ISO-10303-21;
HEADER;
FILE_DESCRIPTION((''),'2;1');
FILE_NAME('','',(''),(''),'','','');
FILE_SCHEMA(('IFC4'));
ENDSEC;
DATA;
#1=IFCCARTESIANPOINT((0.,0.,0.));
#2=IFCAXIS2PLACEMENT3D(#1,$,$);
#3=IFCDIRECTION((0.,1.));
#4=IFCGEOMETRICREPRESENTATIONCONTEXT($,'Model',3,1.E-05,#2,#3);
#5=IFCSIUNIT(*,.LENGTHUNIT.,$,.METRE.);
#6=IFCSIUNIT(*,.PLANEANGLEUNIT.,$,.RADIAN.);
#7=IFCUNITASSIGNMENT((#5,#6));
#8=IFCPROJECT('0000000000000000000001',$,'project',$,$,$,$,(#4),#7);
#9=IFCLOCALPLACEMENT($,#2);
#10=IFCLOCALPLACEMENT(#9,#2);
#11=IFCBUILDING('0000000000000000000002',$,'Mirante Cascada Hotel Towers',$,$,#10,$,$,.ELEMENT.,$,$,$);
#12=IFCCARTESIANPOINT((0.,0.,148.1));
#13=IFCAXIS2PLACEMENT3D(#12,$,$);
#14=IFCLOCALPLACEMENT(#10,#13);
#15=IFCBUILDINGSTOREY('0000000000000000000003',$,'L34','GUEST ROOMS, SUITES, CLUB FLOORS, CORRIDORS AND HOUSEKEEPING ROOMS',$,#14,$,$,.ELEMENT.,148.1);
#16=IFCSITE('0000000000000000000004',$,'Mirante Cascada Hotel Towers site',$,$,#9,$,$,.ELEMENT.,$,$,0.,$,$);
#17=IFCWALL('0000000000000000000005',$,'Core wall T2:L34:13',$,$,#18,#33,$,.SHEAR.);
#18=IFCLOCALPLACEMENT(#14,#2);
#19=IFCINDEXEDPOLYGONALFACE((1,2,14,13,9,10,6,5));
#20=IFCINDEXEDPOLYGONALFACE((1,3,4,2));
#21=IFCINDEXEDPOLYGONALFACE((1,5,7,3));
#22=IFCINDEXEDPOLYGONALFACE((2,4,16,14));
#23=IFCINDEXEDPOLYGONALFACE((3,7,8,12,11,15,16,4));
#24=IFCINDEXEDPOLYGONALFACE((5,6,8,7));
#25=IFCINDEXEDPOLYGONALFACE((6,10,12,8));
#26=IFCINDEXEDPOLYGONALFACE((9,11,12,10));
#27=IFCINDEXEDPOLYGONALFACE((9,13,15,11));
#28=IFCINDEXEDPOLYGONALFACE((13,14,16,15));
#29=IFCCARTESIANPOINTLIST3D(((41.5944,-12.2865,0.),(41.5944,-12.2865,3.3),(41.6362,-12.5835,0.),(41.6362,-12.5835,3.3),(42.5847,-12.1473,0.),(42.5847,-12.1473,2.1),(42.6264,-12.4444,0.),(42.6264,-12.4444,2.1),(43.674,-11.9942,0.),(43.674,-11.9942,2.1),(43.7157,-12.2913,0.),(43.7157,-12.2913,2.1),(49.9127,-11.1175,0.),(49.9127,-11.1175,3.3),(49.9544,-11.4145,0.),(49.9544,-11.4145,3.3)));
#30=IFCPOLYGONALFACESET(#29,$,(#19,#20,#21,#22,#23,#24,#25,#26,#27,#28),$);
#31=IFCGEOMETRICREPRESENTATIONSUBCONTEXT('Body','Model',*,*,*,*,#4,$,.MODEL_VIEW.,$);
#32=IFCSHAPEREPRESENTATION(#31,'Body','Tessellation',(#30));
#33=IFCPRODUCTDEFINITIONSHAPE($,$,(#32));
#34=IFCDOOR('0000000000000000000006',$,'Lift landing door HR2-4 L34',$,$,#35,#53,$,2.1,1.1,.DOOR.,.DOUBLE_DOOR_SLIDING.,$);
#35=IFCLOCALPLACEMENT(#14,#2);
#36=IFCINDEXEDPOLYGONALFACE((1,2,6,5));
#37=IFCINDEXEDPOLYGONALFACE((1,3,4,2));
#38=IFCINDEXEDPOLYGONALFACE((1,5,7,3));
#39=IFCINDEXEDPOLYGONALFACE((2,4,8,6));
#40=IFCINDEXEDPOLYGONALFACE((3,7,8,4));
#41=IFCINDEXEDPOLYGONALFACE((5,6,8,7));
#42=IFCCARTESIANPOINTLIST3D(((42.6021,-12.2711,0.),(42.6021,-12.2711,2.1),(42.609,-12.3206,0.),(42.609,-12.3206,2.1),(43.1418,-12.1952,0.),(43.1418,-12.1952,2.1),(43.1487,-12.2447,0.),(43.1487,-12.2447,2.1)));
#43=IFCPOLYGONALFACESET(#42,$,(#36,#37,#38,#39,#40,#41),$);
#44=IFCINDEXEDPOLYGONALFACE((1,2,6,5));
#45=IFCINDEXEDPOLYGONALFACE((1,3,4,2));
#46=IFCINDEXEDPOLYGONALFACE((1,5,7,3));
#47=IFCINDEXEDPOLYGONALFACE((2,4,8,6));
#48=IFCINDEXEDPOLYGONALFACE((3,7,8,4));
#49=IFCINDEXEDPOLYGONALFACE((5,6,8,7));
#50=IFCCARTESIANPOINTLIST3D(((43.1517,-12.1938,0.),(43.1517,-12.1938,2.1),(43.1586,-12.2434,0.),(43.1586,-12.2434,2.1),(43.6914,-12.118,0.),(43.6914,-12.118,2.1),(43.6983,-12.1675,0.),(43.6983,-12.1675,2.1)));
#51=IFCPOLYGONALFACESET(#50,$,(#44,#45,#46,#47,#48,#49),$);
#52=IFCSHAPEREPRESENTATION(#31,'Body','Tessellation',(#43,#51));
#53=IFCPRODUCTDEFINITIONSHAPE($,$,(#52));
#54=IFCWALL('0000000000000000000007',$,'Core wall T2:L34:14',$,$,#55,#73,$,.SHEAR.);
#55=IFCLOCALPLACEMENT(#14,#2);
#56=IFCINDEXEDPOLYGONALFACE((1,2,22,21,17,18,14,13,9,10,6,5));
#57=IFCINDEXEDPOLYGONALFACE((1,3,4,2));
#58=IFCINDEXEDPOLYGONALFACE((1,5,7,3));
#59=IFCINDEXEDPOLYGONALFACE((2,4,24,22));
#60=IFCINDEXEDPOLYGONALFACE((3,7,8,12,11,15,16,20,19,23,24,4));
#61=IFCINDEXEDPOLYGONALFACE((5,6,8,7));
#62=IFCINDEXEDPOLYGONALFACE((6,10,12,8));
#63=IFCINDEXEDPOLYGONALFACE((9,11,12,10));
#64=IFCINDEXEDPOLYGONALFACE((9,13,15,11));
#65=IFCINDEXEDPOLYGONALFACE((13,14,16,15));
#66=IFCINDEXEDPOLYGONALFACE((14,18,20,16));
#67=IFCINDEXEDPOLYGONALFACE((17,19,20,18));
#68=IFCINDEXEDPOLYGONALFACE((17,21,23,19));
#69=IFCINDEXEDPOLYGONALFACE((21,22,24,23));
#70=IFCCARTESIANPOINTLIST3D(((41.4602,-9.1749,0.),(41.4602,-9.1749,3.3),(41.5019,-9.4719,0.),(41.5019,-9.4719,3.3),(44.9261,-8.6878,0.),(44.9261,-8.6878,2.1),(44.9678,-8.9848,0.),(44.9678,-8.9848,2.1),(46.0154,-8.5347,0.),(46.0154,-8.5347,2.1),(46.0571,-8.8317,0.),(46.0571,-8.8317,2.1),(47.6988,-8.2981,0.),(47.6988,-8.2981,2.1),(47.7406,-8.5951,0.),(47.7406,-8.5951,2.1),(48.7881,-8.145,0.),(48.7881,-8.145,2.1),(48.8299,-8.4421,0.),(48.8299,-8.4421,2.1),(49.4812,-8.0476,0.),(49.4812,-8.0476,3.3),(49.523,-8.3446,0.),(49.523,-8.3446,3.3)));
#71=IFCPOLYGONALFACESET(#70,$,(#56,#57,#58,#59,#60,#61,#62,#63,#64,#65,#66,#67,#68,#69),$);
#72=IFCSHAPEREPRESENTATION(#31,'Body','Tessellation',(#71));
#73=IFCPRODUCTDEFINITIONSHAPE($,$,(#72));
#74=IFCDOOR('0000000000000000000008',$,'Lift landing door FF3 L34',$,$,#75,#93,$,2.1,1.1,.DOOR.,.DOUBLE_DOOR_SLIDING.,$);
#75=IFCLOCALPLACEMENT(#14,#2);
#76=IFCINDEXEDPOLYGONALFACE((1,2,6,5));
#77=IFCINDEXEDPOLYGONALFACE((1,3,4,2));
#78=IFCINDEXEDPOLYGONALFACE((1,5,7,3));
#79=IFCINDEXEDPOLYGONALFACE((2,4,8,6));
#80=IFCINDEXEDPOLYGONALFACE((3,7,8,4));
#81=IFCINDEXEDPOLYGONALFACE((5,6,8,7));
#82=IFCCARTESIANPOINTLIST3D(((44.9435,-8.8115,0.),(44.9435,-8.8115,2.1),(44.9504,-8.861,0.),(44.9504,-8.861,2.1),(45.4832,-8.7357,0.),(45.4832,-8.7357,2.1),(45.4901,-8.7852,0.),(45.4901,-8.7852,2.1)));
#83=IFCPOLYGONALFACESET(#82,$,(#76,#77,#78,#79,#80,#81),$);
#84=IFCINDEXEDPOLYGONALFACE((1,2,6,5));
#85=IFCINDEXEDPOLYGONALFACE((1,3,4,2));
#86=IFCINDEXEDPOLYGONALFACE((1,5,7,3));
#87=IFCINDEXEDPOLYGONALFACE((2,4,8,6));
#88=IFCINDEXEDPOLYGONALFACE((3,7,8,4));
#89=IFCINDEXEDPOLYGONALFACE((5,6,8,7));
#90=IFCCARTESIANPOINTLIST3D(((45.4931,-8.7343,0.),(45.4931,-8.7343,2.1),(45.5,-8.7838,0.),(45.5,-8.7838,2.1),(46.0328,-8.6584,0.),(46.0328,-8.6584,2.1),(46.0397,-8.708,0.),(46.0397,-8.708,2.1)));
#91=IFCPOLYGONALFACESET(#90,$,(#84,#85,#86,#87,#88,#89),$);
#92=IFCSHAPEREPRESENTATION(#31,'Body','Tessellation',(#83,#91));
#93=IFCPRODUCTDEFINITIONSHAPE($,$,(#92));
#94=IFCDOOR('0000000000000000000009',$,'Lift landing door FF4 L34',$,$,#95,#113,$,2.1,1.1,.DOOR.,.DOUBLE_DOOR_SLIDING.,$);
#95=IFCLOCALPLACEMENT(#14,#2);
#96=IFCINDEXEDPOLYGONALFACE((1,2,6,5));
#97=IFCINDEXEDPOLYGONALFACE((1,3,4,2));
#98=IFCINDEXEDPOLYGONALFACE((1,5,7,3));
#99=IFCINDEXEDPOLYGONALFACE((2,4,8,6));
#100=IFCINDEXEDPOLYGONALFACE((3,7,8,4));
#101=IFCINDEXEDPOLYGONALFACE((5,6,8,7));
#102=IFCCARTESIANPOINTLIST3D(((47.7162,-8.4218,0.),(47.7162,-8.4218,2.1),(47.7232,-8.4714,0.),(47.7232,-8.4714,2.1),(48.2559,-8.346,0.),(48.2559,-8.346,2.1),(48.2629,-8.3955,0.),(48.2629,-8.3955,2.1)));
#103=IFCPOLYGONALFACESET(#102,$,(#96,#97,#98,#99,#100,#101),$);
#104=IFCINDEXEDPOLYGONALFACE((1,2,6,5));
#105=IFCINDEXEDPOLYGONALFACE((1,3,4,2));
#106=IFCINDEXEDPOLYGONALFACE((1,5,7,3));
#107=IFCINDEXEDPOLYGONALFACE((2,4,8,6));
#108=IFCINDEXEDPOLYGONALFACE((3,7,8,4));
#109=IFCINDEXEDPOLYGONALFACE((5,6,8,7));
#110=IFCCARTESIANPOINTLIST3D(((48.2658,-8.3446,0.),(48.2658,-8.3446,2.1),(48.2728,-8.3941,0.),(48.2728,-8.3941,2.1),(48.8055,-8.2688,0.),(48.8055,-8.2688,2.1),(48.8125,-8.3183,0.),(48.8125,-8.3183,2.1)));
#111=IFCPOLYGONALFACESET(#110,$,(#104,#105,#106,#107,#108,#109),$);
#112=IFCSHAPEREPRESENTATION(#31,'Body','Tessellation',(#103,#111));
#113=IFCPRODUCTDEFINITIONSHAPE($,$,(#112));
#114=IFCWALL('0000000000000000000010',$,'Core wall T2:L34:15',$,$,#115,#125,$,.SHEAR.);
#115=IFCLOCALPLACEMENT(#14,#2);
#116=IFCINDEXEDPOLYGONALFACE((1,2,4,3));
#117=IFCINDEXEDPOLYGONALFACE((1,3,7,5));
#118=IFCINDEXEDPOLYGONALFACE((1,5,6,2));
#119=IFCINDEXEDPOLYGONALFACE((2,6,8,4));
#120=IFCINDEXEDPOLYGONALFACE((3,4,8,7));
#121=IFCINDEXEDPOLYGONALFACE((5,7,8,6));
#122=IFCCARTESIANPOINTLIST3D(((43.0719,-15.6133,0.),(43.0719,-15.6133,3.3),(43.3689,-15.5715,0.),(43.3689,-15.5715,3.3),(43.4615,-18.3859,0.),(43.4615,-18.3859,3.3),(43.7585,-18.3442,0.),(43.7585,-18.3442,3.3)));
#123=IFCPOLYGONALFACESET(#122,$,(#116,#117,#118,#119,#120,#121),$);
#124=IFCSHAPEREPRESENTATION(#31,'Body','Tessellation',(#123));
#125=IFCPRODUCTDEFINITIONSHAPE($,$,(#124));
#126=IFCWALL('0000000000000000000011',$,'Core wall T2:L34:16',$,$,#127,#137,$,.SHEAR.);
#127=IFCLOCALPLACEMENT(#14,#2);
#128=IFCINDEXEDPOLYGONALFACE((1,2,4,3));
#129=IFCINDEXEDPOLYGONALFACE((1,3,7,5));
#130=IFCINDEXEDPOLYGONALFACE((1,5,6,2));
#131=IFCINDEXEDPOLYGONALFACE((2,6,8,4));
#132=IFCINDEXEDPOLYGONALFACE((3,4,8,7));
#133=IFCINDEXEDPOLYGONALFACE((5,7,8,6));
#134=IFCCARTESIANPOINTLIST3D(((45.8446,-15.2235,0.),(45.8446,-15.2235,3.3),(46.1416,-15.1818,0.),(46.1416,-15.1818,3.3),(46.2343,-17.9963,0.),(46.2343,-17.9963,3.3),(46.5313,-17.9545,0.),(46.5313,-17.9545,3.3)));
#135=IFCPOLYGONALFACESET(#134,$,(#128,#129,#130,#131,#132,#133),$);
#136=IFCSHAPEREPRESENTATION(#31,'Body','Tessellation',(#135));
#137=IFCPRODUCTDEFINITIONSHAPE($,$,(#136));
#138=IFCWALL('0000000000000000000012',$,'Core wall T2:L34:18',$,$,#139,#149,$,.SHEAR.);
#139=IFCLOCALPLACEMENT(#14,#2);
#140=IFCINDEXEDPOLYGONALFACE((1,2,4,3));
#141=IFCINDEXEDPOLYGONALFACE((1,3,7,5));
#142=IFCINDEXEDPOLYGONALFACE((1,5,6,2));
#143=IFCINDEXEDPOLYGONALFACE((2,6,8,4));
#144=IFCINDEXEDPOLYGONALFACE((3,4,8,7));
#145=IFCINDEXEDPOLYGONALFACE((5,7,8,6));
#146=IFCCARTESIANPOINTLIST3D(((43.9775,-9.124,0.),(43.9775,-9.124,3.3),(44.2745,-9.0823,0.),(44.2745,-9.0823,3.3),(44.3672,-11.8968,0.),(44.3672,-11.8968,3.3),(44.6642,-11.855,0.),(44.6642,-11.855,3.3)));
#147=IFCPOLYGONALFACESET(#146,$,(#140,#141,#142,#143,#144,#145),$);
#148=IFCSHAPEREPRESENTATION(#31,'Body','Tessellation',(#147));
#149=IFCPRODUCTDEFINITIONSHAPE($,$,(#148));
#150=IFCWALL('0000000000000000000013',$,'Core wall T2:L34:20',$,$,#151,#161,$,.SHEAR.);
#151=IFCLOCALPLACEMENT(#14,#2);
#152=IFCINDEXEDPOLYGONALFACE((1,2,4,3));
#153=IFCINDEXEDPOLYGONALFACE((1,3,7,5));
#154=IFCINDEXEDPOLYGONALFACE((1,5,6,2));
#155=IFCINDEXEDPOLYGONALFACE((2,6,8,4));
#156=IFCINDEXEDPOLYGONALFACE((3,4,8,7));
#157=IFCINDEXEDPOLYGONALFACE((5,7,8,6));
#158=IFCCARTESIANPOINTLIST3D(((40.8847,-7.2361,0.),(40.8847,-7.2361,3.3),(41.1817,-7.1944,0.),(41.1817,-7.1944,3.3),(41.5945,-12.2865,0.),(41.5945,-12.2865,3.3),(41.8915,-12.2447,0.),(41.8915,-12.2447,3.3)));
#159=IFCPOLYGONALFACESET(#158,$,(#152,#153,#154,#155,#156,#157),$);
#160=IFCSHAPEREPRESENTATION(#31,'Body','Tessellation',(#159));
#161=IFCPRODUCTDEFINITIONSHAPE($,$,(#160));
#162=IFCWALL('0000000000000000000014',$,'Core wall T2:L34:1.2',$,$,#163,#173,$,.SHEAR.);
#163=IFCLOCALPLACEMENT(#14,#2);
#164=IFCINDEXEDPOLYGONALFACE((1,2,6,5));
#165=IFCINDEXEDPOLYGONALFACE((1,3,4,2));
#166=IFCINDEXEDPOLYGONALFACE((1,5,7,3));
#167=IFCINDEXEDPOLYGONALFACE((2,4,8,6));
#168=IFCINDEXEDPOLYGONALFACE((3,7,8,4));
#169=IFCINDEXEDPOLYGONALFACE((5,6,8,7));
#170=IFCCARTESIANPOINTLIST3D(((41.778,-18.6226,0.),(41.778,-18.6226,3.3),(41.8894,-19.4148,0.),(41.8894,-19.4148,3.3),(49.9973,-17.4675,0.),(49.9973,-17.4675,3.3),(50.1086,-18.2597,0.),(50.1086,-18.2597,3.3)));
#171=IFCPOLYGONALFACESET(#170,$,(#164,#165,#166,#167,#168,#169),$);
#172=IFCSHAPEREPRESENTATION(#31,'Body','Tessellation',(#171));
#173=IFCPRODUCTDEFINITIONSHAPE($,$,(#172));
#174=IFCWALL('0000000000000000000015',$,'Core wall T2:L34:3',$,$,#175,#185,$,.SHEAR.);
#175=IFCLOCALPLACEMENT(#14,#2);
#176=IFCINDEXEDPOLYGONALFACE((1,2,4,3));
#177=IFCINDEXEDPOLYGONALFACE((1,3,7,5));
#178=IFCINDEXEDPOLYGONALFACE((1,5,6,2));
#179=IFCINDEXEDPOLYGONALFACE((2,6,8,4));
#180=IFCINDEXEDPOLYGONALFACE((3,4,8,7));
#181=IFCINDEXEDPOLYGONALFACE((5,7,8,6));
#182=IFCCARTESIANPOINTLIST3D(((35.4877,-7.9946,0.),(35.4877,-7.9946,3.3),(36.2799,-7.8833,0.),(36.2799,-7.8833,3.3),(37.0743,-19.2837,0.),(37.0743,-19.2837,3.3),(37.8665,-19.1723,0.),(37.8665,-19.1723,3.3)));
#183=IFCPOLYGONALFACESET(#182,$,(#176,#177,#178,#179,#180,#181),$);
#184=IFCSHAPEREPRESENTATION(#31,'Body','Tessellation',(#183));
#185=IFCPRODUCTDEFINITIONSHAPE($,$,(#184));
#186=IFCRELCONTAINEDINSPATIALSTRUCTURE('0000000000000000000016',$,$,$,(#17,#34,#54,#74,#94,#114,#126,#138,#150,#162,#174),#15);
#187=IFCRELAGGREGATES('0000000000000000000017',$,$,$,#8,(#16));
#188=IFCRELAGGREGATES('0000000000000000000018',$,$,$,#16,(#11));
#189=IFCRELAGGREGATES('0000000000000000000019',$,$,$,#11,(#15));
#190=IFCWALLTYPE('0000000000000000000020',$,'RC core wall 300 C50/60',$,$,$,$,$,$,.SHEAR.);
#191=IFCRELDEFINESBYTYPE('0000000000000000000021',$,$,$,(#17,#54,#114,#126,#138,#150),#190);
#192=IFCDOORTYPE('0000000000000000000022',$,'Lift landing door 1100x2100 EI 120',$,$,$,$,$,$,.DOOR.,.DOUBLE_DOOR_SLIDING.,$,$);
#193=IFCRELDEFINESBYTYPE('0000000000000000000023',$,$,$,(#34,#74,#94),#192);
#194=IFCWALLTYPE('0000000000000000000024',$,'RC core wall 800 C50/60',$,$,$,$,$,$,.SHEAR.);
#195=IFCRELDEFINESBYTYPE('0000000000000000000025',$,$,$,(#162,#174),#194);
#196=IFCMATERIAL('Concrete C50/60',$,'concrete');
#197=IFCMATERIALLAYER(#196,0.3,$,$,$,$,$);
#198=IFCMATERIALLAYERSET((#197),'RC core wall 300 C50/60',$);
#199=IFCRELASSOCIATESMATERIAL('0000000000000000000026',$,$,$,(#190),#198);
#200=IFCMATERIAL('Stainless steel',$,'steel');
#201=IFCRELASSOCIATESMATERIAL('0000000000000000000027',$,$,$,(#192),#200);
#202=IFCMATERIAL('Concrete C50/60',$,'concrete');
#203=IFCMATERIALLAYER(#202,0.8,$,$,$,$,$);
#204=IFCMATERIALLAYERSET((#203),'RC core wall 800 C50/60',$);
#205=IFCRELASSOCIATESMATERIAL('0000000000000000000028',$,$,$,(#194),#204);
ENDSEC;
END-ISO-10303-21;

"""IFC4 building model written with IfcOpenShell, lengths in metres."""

from ifc_helpers import new_model, si_unit, direction, frame, frame_2d, origin, place, context, subcontext, project, spatial, rectangle, extrude, material, layer, layer_set, type_object, element, fill, save


model = new_model("IFC4")

# Units and contexts
model_context = context("Model", 3, precision=1e-05, world=origin(), true_north=direction((0.0, 1.0)))
body_context = subcontext(model_context, "Body", "Model", "MODEL_VIEW")
ifc_project = project(units=[si_unit("LENGTHUNIT", "METRE"), si_unit("PLANEANGLEUNIT", "RADIAN")], contexts=[model_context])

# Site, building, storey
site_placement = place(None, origin())
site = spatial("IfcSite", under=ifc_project, at=site_placement, Name="Mirante Cascada Hotel Towers site", CompositionType="ELEMENT", RefElevation=0.0)
building_placement = place(site_placement, origin())
building = spatial("IfcBuilding", under=site, at=building_placement, Name="Mirante Cascada Hotel Towers", CompositionType="ELEMENT")
storey_placement = place(building_placement, frame((0.0, 0.0, 148.1)))
storey = spatial("IfcBuildingStorey", under=building, at=storey_placement, Name="L34", Description="GUEST ROOMS, SUITES, CLUB FLOORS, CORRIDORS AND HOUSEKEEPING ROOMS", CompositionType="ELEMENT", Elevation=148.1)

# Shared definitions
ifc_material_1 = material(Name="Concrete C50/60", Category="concrete")
ifc_layer_1 = layer(ifc_material_1, 0.3)
ifc_layer_set_1 = layer_set([ifc_layer_1], Name="RC core wall 300 C50/60")
wall_type_1 = type_object("IfcWallType", Name="RC core wall 300 C50/60", PredefinedType="SHEAR", material=ifc_layer_set_1)

# Shared definitions
ifc_material_2 = material(Name="Stainless steel", Category="steel")
door_type_1 = type_object("IfcDoorType", Name="Lift landing door 1100x2100 EI 120", OperationType="DOUBLE_DOOR_SLIDING", PredefinedType="DOOR", material=ifc_material_2)

# Wall, opening, door
wall_1_placement = place(storey_placement, frame((41.6153, -12.435, 0.0), z_axis=(0.0, 0.0, 1.0), x_axis=(0.990269, 0.139166, 0.0)))
wall_1 = element("IfcWall", 1, at=wall_1_placement, inside=storey, type_object=wall_type_1, Name="Core wall T2:L34:13", PredefinedType="SHEAR", context=body_context, shape_type="SweptSolid", body=[
    extrude(rectangle(XDim=8.4, YDim=0.3, at=frame_2d((4.2, 0.0))), origin(), (0.0, 0.0, 1.0), 3.3),
])
opening_1_placement = place(wall_1_placement, frame((1.0, 0.0, 0.0)))
opening_1 = element("IfcOpeningElement", 2, at=opening_1_placement, cuts=wall_1, PredefinedType="OPENING", context=body_context, shape_type="SweptSolid", body=[
    extrude(rectangle(XDim=1.1, YDim=2.1, at=frame_2d((0.55, 1.05))), frame((0.0, 0.15, 0.0), z_axis=(0.0, -1.0, 0.0), x_axis=(1.0, 0.0, 0.0)), (0.0, 0.0, 1.0), 0.3),
])
door_1_placement = place(opening_1_placement, origin())
door_1 = element("IfcDoor", 3, at=door_1_placement, inside=storey, type_object=door_type_1, Name="Lift landing door HR2-4 L34", OperationType="DOUBLE_DOOR_SLIDING", OverallHeight=2.1, OverallWidth=1.1, PredefinedType="DOOR", context=body_context, shape_type="SweptSolid", body=[
    extrude(rectangle(XDim=0.545, YDim=2.1, at=frame_2d((0.2725, 1.05))), frame((0.0, 0.025, 0.0), z_axis=(0.0, -1.0, 0.0), x_axis=(1.0, 0.0, 0.0)), (0.0, 0.0, 1.0), 0.05),
    extrude(rectangle(XDim=0.545, YDim=2.1, at=frame_2d((0.8275, 1.05))), frame((0.0, 0.025, 0.0), z_axis=(0.0, -1.0, 0.0), x_axis=(1.0, 0.0, 0.0)), (0.0, 0.0, 1.0), 0.05),
])
fill(opening_1, door_1)

# Wall, openings, doors
wall_2_placement = place(storey_placement, frame((41.481, -9.3234, 0.0), z_axis=(0.0, 0.0, 1.0), x_axis=(0.990268, 0.139174, 0.0)))
wall_2 = element("IfcWall", 4, at=wall_2_placement, inside=storey, type_object=wall_type_1, Name="Core wall T2:L34:14", PredefinedType="SHEAR", context=body_context, shape_type="SweptSolid", body=[
    extrude(rectangle(XDim=8.0999, YDim=0.3, at=frame_2d((4.05, 0.0))), origin(), (0.0, 0.0, 1.0), 3.3),
])
opening_2_placement = place(wall_2_placement, frame((3.5, 0.0, 0.0)))
opening_2 = element("IfcOpeningElement", 5, at=opening_2_placement, cuts=wall_2, PredefinedType="OPENING", context=body_context, shape_type="SweptSolid", body=[
    extrude(rectangle(XDim=1.1, YDim=2.1, at=frame_2d((0.55, 1.05))), frame((0.0, 0.15, 0.0), z_axis=(0.0, -1.0, 0.0), x_axis=(1.0, 0.0, 0.0)), (0.0, 0.0, 1.0), 0.3),
])
opening_3_placement = place(wall_2_placement, frame((6.3, 0.0, 0.0)))
opening_3 = element("IfcOpeningElement", 6, at=opening_3_placement, cuts=wall_2, PredefinedType="OPENING", context=body_context, shape_type="SweptSolid", body=[
    extrude(rectangle(XDim=1.1, YDim=2.1, at=frame_2d((0.55, 1.05))), frame((0.0, 0.15, 0.0), z_axis=(0.0, -1.0, 0.0), x_axis=(1.0, 0.0, 0.0)), (0.0, 0.0, 1.0), 0.3),
])
door_2_placement = place(opening_2_placement, origin())
door_2 = element("IfcDoor", 7, at=door_2_placement, inside=storey, type_object=door_type_1, Name="Lift landing door FF3 L34", OperationType="DOUBLE_DOOR_SLIDING", OverallHeight=2.1, OverallWidth=1.1, PredefinedType="DOOR", context=body_context, shape_type="SweptSolid", body=[
    extrude(rectangle(XDim=0.545, YDim=2.1, at=frame_2d((0.2725, 1.05))), frame((0.0, 0.025, 0.0), z_axis=(0.0, -1.0, 0.0), x_axis=(1.0, 0.0, 0.0)), (0.0, 0.0, 1.0), 0.05),
    extrude(rectangle(XDim=0.545, YDim=2.1, at=frame_2d((0.8275, 1.05))), frame((0.0, 0.025, 0.0), z_axis=(0.0, -1.0, 0.0), x_axis=(1.0, 0.0, 0.0)), (0.0, 0.0, 1.0), 0.05),
])
fill(opening_2, door_2)
door_3_placement = place(opening_3_placement, origin())
door_3 = element("IfcDoor", 8, at=door_3_placement, inside=storey, type_object=door_type_1, Name="Lift landing door FF4 L34", OperationType="DOUBLE_DOOR_SLIDING", OverallHeight=2.1, OverallWidth=1.1, PredefinedType="DOOR", context=body_context, shape_type="SweptSolid", body=[
    extrude(rectangle(XDim=0.545, YDim=2.1, at=frame_2d((0.2725, 1.05))), frame((0.0, 0.025, 0.0), z_axis=(0.0, -1.0, 0.0), x_axis=(1.0, 0.0, 0.0)), (0.0, 0.0, 1.0), 0.05),
    extrude(rectangle(XDim=0.545, YDim=2.1, at=frame_2d((0.8275, 1.05))), frame((0.0, 0.025, 0.0), z_axis=(0.0, -1.0, 0.0), x_axis=(1.0, 0.0, 0.0)), (0.0, 0.0, 1.0), 0.05),
])
fill(opening_3, door_3)

# Walls
wall_3_placement = place(storey_placement, frame((43.61, -18.3651, 0.0), z_axis=(0.0, 0.0, 1.0), x_axis=(-0.139146, 0.990272, 0.0)))
element("IfcWall", 9, at=wall_3_placement, inside=storey, type_object=wall_type_1, Name="Core wall T2:L34:15", PredefinedType="SHEAR", context=body_context, shape_type="SweptSolid", body=[
    extrude(rectangle(XDim=2.7999, YDim=0.3, at=frame_2d((1.4, 0.0))), origin(), (0.0, 0.0, 1.0), 3.3),
])
for number, where, z_axis, x_axis, name in (
    (10, (46.3828, -17.9754, 0.0), (0.0, 0.0, 1.0), (-0.139181, 0.990267, 0.0), "Core wall T2:L34:16"),
    (11, (44.5157, -11.8759, 0.0), (0.0, 0.0, 1.0), (-0.139181, 0.990267, 0.0), "Core wall T2:L34:18"),
):
    element("IfcWall", number, at=place(storey_placement, frame(where, z_axis=z_axis, x_axis=x_axis)), inside=storey, type_object=wall_type_1, Name=name, PredefinedType="SHEAR", context=body_context, shape_type="SweptSolid", body=[
        extrude(rectangle(XDim=2.8, YDim=0.3, at=frame_2d((1.4, 0.0))), origin(), (0.0, 0.0, 1.0), 3.3),
    ])
wall_4_placement = place(storey_placement, frame((41.743, -12.2656, 0.0), z_axis=(0.0, 0.0, 1.0), x_axis=(-0.139176, 0.990268, 0.0)))
element("IfcWall", 12, at=wall_4_placement, inside=storey, type_object=wall_type_1, Name="Core wall T2:L34:20", PredefinedType="SHEAR", context=body_context, shape_type="SweptSolid", body=[
    extrude(rectangle(XDim=5.1, YDim=0.3, at=frame_2d((2.55, 0.0))), origin(), (0.0, 0.0, 1.0), 3.3),
])
ifc_material_3 = material(Name="Concrete C50/60", Category="concrete")
ifc_layer_2 = layer(ifc_material_3, 0.8)
ifc_layer_set_2 = layer_set([ifc_layer_2], Name="RC core wall 800 C50/60")
wall_type_2 = type_object("IfcWallType", Name="RC core wall 800 C50/60", PredefinedType="SHEAR", material=ifc_layer_set_2)
wall_5_placement = place(storey_placement, frame((41.8337, -19.0187, 0.0), z_axis=(0.0, 0.0, 1.0), x_axis=(0.990269, 0.139169, 0.0)))
element("IfcWall", 13, at=wall_5_placement, inside=storey, type_object=wall_type_2, Name="Core wall T2:L34:1.2", PredefinedType="SHEAR", context=body_context, shape_type="SweptSolid", body=[
    extrude(rectangle(XDim=8.3, YDim=0.8, at=frame_2d((4.15, 0.0))), origin(), (0.0, 0.0, 1.0), 3.3),
])
wall_6_placement = place(storey_placement, frame((37.4704, -19.228, 0.0), z_axis=(0.0, 0.0, 1.0), x_axis=(-0.139175, 0.990268, 0.0)))
element("IfcWall", 14, at=wall_6_placement, inside=storey, type_object=wall_type_2, Name="Core wall T2:L34:3", PredefinedType="SHEAR", context=body_context, shape_type="SweptSolid", body=[
    extrude(rectangle(XDim=11.4, YDim=0.8, at=frame_2d((5.7, 0.0))), origin(), (0.0, 0.0, 1.0), 3.3),
])

save(model, "model.ifc")
